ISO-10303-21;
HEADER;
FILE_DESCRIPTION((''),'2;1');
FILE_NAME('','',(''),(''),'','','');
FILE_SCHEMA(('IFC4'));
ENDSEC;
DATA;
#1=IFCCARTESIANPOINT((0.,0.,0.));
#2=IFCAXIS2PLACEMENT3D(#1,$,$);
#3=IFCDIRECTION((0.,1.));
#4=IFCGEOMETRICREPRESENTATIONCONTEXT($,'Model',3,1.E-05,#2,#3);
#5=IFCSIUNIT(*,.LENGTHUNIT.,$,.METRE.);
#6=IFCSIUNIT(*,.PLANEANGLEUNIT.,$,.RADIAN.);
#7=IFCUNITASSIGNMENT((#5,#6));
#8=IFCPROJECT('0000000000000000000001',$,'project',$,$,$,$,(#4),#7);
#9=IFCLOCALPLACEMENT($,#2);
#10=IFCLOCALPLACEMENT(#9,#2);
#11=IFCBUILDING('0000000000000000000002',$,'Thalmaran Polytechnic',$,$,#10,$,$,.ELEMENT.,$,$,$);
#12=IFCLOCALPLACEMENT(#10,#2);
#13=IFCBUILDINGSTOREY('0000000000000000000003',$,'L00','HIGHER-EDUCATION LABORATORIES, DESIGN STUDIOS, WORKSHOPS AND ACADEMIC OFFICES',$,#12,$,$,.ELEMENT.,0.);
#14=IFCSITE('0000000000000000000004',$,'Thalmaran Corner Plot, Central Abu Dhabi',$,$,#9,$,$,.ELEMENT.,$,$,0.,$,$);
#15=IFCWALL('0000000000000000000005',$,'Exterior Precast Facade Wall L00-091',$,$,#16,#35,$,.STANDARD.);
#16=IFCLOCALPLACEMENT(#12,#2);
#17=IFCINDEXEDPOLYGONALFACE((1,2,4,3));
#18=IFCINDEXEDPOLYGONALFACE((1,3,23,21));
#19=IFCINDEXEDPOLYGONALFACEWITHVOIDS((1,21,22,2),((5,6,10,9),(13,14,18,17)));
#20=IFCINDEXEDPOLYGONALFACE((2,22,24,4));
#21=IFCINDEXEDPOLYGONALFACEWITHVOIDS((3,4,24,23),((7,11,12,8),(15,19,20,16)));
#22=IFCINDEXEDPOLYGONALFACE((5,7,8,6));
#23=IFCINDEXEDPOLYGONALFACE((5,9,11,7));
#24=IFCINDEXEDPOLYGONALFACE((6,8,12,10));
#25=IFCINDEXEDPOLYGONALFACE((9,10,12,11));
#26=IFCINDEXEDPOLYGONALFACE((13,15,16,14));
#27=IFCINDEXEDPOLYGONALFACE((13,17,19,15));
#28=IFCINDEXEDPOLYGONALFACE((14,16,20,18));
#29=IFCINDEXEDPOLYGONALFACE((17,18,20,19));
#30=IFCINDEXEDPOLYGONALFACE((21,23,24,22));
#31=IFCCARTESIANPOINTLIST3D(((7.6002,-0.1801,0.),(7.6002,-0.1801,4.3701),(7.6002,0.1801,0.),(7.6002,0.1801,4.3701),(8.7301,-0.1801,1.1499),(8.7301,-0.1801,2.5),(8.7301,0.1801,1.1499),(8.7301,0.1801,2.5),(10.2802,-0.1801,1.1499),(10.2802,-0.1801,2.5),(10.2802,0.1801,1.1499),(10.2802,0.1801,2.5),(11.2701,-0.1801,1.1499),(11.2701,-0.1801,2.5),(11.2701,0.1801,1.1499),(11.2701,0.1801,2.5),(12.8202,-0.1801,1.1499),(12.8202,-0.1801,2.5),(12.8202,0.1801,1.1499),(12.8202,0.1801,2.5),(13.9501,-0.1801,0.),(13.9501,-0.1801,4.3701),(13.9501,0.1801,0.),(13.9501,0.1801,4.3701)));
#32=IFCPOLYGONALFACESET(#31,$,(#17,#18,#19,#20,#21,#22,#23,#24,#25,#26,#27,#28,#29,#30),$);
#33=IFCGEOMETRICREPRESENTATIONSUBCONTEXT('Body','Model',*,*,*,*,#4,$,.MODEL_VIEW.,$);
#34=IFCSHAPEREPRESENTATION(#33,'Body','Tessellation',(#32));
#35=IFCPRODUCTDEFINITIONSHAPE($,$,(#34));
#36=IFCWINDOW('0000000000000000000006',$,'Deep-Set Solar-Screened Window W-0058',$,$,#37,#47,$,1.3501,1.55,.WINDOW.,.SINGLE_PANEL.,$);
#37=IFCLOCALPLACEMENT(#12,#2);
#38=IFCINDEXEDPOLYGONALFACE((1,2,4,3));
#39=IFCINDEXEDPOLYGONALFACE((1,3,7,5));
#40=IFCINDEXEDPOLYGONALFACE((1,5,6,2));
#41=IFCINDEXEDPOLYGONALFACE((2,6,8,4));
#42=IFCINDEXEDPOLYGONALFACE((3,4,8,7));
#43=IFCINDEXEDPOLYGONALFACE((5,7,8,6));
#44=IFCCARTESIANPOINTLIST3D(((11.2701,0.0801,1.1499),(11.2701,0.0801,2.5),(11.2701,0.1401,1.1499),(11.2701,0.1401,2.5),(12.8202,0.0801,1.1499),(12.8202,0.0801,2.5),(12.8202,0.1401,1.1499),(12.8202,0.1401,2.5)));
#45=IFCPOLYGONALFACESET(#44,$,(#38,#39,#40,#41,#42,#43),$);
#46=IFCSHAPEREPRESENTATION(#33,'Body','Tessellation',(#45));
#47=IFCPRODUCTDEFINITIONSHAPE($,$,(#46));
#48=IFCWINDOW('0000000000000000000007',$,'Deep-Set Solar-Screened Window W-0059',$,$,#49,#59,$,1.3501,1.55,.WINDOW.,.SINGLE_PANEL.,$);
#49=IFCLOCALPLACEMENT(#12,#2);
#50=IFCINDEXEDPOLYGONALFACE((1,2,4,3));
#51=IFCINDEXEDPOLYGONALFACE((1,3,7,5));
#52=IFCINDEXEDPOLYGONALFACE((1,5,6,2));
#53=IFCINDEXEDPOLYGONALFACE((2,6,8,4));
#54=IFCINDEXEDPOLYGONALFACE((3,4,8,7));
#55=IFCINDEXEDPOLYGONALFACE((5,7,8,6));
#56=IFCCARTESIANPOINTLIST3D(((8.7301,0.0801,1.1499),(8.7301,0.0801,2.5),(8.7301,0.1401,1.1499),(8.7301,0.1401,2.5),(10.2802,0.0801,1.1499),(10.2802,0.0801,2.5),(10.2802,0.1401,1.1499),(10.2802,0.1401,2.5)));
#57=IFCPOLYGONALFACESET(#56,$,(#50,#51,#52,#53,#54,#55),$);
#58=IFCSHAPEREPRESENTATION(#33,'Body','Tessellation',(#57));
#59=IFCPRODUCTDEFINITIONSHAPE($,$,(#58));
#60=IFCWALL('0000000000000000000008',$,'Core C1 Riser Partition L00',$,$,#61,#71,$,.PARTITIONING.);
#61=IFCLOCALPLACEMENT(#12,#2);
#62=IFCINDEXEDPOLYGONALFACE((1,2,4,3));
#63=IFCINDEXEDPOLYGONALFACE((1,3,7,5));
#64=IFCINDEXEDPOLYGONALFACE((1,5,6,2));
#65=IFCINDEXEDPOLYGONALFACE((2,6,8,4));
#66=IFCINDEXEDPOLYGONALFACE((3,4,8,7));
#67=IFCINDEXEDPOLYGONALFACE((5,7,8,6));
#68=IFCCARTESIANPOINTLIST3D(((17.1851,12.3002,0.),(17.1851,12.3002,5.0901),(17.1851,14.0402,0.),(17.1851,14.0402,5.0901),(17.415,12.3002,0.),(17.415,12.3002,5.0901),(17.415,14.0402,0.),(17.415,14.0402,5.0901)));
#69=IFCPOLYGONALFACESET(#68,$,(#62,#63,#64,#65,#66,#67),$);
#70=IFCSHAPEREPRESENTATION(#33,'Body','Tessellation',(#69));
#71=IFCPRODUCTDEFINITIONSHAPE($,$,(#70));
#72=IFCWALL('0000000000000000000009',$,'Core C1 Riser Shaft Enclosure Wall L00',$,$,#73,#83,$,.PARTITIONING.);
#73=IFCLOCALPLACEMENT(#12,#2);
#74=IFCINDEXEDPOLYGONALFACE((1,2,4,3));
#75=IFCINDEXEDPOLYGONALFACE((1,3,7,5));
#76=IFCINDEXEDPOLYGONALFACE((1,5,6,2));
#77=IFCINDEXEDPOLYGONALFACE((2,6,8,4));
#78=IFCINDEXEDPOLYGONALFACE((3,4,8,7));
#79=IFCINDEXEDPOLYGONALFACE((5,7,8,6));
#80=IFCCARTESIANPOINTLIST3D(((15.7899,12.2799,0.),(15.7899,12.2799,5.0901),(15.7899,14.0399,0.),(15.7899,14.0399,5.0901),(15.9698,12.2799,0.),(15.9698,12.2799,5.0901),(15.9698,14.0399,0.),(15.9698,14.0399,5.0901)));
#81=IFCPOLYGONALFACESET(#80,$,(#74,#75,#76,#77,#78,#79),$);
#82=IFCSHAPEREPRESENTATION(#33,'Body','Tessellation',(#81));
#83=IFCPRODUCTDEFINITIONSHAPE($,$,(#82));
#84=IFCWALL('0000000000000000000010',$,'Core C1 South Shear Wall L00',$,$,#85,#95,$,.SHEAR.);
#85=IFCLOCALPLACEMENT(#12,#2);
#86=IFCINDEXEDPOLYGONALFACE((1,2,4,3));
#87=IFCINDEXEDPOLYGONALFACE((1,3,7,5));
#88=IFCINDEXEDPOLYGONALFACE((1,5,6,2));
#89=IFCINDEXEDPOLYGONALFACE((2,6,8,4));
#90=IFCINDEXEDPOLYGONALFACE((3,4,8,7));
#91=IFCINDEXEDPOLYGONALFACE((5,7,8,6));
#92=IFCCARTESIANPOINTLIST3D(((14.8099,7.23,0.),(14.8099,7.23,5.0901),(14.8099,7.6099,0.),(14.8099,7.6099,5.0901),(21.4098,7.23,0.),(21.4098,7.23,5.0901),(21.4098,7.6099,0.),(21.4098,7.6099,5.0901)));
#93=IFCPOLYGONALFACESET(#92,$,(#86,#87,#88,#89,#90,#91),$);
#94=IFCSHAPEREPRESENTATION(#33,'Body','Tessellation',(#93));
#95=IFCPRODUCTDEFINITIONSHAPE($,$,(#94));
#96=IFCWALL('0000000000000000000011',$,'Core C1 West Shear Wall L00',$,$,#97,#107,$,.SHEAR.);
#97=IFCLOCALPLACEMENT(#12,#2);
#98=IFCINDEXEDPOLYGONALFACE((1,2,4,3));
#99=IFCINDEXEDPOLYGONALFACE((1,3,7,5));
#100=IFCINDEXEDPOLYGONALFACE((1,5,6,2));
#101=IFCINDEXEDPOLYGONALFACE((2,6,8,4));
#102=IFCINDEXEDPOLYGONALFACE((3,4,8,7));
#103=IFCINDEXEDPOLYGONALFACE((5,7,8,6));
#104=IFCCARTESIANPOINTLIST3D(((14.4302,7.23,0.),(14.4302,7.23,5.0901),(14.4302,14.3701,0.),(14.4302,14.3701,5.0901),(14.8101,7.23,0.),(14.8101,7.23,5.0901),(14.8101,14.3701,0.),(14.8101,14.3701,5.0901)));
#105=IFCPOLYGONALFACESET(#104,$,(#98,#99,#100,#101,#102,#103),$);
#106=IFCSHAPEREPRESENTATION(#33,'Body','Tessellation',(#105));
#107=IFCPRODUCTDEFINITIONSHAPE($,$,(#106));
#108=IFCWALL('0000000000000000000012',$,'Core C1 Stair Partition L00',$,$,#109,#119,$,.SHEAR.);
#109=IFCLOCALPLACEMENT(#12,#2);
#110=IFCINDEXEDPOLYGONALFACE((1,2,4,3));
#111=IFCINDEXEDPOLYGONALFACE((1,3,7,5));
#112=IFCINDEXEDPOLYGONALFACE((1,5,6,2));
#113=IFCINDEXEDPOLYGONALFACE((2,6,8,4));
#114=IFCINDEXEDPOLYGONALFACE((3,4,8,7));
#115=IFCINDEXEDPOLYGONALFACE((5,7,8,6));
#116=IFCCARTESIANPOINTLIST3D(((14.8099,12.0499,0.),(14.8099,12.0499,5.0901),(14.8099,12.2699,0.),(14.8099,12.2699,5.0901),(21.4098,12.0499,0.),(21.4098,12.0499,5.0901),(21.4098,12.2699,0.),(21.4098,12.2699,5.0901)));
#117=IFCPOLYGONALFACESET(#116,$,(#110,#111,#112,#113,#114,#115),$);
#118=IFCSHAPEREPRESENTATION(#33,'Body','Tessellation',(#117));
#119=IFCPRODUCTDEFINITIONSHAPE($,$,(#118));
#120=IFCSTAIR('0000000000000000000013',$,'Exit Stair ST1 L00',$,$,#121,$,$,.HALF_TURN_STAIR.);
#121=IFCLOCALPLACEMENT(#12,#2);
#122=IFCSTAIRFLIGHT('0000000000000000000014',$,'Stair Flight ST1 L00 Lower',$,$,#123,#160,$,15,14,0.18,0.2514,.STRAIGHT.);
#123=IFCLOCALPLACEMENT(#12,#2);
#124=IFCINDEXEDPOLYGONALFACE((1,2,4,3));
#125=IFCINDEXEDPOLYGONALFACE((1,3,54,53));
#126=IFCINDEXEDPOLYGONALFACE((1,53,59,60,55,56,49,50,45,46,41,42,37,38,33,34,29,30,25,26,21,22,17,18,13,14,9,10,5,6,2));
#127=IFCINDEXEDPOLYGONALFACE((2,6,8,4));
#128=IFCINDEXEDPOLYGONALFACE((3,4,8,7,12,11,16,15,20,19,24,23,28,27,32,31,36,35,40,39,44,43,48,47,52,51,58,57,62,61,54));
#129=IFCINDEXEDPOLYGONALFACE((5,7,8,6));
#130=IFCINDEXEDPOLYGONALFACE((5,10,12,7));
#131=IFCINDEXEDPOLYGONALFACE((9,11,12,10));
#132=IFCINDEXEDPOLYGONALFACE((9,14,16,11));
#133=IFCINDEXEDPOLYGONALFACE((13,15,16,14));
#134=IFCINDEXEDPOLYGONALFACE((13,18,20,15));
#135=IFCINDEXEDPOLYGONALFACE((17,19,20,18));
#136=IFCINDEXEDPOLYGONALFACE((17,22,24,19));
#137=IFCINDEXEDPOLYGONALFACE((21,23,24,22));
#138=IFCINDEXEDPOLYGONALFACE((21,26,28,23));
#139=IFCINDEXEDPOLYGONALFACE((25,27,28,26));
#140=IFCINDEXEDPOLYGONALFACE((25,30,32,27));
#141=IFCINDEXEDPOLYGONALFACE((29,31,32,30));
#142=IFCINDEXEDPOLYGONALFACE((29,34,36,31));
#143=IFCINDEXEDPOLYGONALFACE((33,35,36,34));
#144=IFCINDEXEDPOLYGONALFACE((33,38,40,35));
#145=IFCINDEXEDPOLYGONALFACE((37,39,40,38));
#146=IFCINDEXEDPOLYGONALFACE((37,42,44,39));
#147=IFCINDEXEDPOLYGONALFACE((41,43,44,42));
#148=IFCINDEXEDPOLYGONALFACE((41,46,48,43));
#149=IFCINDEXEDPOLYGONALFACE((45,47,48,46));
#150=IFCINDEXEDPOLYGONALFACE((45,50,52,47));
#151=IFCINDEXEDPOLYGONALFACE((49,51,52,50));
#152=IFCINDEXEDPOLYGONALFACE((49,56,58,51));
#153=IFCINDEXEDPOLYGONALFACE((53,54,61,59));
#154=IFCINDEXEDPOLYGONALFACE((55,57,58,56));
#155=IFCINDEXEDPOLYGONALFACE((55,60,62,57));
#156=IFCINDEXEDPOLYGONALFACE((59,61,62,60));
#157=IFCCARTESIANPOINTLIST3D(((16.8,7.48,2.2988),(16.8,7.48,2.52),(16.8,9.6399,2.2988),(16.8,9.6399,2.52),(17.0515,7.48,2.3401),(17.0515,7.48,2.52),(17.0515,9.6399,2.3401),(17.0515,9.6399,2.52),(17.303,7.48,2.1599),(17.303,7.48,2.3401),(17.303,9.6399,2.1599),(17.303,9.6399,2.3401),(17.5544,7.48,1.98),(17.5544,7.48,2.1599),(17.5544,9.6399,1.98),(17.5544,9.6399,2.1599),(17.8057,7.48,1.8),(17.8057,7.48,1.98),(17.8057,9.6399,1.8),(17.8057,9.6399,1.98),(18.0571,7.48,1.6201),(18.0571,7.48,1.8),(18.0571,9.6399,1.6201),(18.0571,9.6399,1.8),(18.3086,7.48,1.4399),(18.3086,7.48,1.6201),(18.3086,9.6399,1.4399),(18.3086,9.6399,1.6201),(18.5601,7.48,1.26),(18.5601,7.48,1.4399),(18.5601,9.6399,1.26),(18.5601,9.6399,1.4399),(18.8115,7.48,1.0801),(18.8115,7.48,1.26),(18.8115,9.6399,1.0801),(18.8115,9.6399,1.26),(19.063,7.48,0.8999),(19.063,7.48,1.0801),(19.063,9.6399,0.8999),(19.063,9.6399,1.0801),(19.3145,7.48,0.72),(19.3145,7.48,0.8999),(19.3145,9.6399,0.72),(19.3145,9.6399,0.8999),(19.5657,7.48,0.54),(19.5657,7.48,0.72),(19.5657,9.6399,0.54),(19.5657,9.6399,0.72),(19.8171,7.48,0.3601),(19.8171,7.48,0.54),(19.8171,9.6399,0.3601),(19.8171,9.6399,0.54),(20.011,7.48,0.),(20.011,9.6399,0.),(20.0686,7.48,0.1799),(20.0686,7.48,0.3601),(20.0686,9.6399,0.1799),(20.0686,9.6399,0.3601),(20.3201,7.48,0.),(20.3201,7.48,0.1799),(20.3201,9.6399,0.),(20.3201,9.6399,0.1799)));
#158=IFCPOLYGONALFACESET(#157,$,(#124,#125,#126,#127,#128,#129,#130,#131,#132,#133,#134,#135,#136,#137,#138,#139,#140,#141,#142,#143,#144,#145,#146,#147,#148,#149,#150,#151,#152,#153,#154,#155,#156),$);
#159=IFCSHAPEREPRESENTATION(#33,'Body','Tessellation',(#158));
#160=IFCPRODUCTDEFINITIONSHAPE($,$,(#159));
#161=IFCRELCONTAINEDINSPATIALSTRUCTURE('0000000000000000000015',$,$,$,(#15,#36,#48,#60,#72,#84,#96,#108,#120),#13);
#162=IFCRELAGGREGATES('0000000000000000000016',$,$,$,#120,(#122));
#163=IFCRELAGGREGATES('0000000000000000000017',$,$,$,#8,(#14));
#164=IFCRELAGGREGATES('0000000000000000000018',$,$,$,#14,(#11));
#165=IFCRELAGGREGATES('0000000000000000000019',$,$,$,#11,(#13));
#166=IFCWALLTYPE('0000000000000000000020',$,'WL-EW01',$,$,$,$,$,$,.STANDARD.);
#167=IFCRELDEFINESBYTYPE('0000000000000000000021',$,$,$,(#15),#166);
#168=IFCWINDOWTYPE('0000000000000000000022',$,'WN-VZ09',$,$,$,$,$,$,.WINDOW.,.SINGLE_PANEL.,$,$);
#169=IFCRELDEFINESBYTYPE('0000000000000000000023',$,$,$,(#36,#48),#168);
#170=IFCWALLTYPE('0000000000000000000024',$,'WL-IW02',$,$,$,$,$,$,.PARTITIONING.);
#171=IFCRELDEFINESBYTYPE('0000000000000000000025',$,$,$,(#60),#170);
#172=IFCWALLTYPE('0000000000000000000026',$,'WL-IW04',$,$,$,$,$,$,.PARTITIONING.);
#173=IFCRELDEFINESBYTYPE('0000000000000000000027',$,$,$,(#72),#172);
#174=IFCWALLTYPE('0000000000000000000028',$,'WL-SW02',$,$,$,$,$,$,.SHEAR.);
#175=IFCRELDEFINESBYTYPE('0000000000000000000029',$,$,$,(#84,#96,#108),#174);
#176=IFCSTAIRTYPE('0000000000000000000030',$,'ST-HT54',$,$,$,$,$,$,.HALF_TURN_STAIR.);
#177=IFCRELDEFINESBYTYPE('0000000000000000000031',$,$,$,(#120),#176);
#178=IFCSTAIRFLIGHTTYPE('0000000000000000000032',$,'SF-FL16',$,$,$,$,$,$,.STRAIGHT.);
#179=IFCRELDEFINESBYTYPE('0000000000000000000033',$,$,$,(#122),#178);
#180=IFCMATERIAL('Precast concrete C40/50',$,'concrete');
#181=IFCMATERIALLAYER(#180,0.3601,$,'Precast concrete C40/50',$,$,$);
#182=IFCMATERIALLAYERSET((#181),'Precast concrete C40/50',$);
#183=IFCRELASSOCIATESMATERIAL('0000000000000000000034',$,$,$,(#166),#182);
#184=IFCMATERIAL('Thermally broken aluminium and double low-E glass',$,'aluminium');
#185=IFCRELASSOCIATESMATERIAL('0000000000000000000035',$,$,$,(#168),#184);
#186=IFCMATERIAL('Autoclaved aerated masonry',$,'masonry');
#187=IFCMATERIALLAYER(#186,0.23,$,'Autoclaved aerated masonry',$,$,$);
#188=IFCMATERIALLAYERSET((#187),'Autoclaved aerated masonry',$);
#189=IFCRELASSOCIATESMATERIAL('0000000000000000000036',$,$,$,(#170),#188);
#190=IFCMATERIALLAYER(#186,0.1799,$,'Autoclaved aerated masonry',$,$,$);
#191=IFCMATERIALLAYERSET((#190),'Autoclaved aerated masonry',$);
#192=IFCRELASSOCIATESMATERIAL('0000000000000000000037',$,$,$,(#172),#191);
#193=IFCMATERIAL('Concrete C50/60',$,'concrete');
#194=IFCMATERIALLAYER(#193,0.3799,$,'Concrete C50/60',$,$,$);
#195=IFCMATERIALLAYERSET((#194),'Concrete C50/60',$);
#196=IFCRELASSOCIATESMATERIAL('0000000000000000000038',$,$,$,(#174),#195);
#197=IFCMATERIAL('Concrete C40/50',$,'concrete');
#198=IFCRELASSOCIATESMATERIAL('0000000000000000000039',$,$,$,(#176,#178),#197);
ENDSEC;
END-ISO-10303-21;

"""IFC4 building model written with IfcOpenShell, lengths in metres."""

from ifc_helpers import new_model, si_unit, direction, frame, frame_2d, origin, place, context, subcontext, project, spatial, polyline, rectangle, outline, extrude, material, layer, layer_set, type_object, element, fill, aggregate, save


model = new_model("IFC4")

# Units and contexts
model_context = context("Model", 3, precision=1e-05, world=origin(), true_north=direction((0.0, 1.0)))
body_context = subcontext(model_context, "Body", "Model", "MODEL_VIEW")
ifc_project = project(units=[si_unit("LENGTHUNIT", "METRE"), si_unit("PLANEANGLEUNIT", "RADIAN")], contexts=[model_context])

# Site, building, storey
site_placement = place(None, origin())
site = spatial("IfcSite", under=ifc_project, at=site_placement, Name="Thalmaran Corner Plot, Central Abu Dhabi", CompositionType="ELEMENT", RefElevation=0.0)
building_placement = place(site_placement, origin())
building = spatial("IfcBuilding", under=site, at=building_placement, Name="Thalmaran Polytechnic", CompositionType="ELEMENT")
storey_placement = place(building_placement, origin())
storey = spatial("IfcBuildingStorey", under=building, at=storey_placement, Name="L00", Description="HIGHER-EDUCATION LABORATORIES, DESIGN STUDIOS, WORKSHOPS AND ACADEMIC OFFICES", CompositionType="ELEMENT", Elevation=0.0)

# Shared definitions
ifc_material_1 = material(Name="Concrete C50/60", Category="concrete")

# Shared definitions
ifc_material_2 = material(Name="Concrete C40/50", Category="concrete")

# Wall, openings, windows
ifc_material_3 = material(Name="Precast concrete C40/50", Category="concrete")
ifc_layer_1 = layer(ifc_material_3, 0.3601, Name="Precast concrete C40/50")
ifc_layer_set_1 = layer_set([ifc_layer_1], Name="Precast concrete C40/50")
wall_type_1 = type_object("IfcWallType", Name="WL-EW01", PredefinedType="STANDARD", material=ifc_layer_set_1)
wall_1_placement = place(storey_placement, frame((13.95, 0.0, 0.0), z_axis=(0.0, 0.0, 1.0), x_axis=(-1.0, 0.0, 0.0)))
wall_1 = element("IfcWall", 1, at=wall_1_placement, inside=storey, type_object=wall_type_1, Name="Exterior Precast Facade Wall L00-091", PredefinedType="STANDARD", context=body_context, shape_type="SweptSolid", body=[
    extrude(rectangle(XDim=6.3499, YDim=0.3601, at=frame_2d((3.1748, 0.0))), origin(), (0.0, 0.0, 1.0), 4.3701),
])
opening_1_placement = place(wall_1_placement, frame((1.1299, 0.0, 1.1499)))
opening_1 = element("IfcOpeningElement", 2, at=opening_1_placement, cuts=wall_1, PredefinedType="OPENING", context=body_context, shape_type="SweptSolid", body=[
    extrude(rectangle(XDim=1.55, YDim=1.3501, at=frame_2d((0.7749, 0.675))), frame((0.0, 0.1899, 0.0), z_axis=(0.0, -1.0, 0.0), x_axis=(1.0, 0.0, 0.0)), (0.0, 0.0, 1.0), 0.3801),
])
opening_2_placement = place(wall_1_placement, frame((3.6699, 0.0, 1.1499)))
opening_2 = element("IfcOpeningElement", 3, at=opening_2_placement, cuts=wall_1, PredefinedType="OPENING", context=body_context, shape_type="SweptSolid", body=[
    extrude(rectangle(XDim=1.55, YDim=1.3501, at=frame_2d((0.7749, 0.675))), frame((0.0, 0.1899, 0.0), z_axis=(0.0, -1.0, 0.0), x_axis=(1.0, 0.0, 0.0)), (0.0, 0.0, 1.0), 0.3801),
])
ifc_material_4 = material(Name="Thermally broken aluminium and double low-E glass", Category="aluminium")
window_type = type_object("IfcWindowType", Name="WN-VZ09", PartitioningType="SINGLE_PANEL", PredefinedType="WINDOW", material=ifc_material_4)
window_1_placement = place(opening_1_placement, origin())
window_1 = element("IfcWindow", 4, at=window_1_placement, inside=storey, type_object=window_type, Name="Deep-Set Solar-Screened Window W-0058", OverallHeight=1.3501, OverallWidth=1.55, PartitioningType="SINGLE_PANEL", PredefinedType="WINDOW", context=body_context, shape_type="SweptSolid", body=[
    extrude(rectangle(XDim=1.55, YDim=1.3501, at=frame_2d((0.7749, 0.675))), frame((0.0, -0.0801, 0.0), z_axis=(0.0, -1.0, 0.0), x_axis=(1.0, 0.0, 0.0)), (0.0, 0.0, 1.0), 0.0601),
])
fill(opening_1, window_1)
window_2_placement = place(opening_2_placement, origin())
window_2 = element("IfcWindow", 5, at=window_2_placement, inside=storey, type_object=window_type, Name="Deep-Set Solar-Screened Window W-0059", OverallHeight=1.3501, OverallWidth=1.55, PartitioningType="SINGLE_PANEL", PredefinedType="WINDOW", context=body_context, shape_type="SweptSolid", body=[
    extrude(rectangle(XDim=1.55, YDim=1.3501, at=frame_2d((0.7749, 0.675))), frame((0.0, -0.0801, 0.0), z_axis=(0.0, -1.0, 0.0), x_axis=(1.0, 0.0, 0.0)), (0.0, 0.0, 1.0), 0.0601),
])
fill(opening_2, window_2)

# Walls
ifc_material_5 = material(Name="Autoclaved aerated masonry", Category="masonry")
ifc_layer_2 = layer(ifc_material_5, 0.23, Name="Autoclaved aerated masonry")
ifc_layer_set_2 = layer_set([ifc_layer_2], Name="Autoclaved aerated masonry")
wall_type_2 = type_object("IfcWallType", Name="WL-IW02", PredefinedType="PARTITIONING", material=ifc_layer_set_2)
wall_2_placement = place(storey_placement, frame((17.3, 12.3, 0.0), z_axis=(0.0, 0.0, 1.0), x_axis=(0.0, 1.0, 0.0)))
element("IfcWall", 6, at=wall_2_placement, inside=storey, type_object=wall_type_2, Name="Core C1 Riser Partition L00", PredefinedType="PARTITIONING", context=body_context, shape_type="SweptSolid", body=[
    extrude(rectangle(XDim=1.74, YDim=0.23, at=frame_2d((0.8701, 0.0))), origin(), (0.0, 0.0, 1.0), 5.0901),
])
ifc_layer_3 = layer(ifc_material_5, 0.1799, Name="Autoclaved aerated masonry")
ifc_layer_set_3 = layer_set([ifc_layer_3], Name="Autoclaved aerated masonry")
wall_type_3 = type_object("IfcWallType", Name="WL-IW04", PredefinedType="PARTITIONING", material=ifc_layer_set_3)
wall_3_placement = place(storey_placement, frame((15.8799, 12.28, 0.0), z_axis=(0.0, 0.0, 1.0), x_axis=(0.0, 1.0, 0.0)))
element("IfcWall", 7, at=wall_3_placement, inside=storey, type_object=wall_type_3, Name="Core C1 Riser Shaft Enclosure Wall L00", PredefinedType="PARTITIONING", context=body_context, shape_type="SweptSolid", body=[
    extrude(rectangle(XDim=1.76, YDim=0.1799, at=frame_2d((0.8799, 0.0))), origin(), (0.0, 0.0, 1.0), 5.0901),
])
ifc_layer_4 = layer(ifc_material_1, 0.3799, Name="Concrete C50/60")
ifc_layer_set_4 = layer_set([ifc_layer_4], Name="Concrete C50/60")
wall_type_4 = type_object("IfcWallType", Name="WL-SW02", PredefinedType="SHEAR", material=ifc_layer_set_4)
wall_4_placement = place(storey_placement, frame((14.8101, 7.4199, 0.0), z_axis=(0.0, 0.0, 1.0), x_axis=(1.0, 0.0, 0.0)))
element("IfcWall", 8, at=wall_4_placement, inside=storey, type_object=wall_type_4, Name="Core C1 South Shear Wall L00", PredefinedType="SHEAR", context=body_context, shape_type="SweptSolid", body=[
    extrude(rectangle(XDim=6.5999, YDim=0.3799, at=frame_2d((3.2998, 0.0))), origin(), (0.0, 0.0, 1.0), 5.0901),
])
wall_5_placement = place(storey_placement, frame((14.6201, 14.3701, 0.0), z_axis=(0.0, 0.0, 1.0), x_axis=(0.0, -1.0, 0.0)))
element("IfcWall", 9, at=wall_5_placement, inside=storey, type_object=wall_type_4, Name="Core C1 West Shear Wall L00", PredefinedType="SHEAR", context=body_context, shape_type="SweptSolid", body=[
    extrude(rectangle(XDim=7.1401, YDim=0.3799, at=frame_2d((3.5701, 0.0))), origin(), (0.0, 0.0, 1.0), 5.0901),
])

# Wall
wall_6_placement = place(storey_placement, frame((14.8101, 12.1599, 0.0), z_axis=(0.0, 0.0, 1.0), x_axis=(1.0, 0.0, 0.0)))
element("IfcWall", 10, at=wall_6_placement, inside=storey, type_object=wall_type_4, Name="Core C1 Stair Partition L00", PredefinedType="SHEAR", context=body_context, shape_type="SweptSolid", body=[
    extrude(rectangle(XDim=6.5999, YDim=0.22, at=frame_2d((3.2998, 0.0))), origin(), (0.0, 0.0, 1.0), 5.0901),
])

# Stair, stair flight
stair_type = type_object("IfcStairType", Name="ST-HT54", PredefinedType="HALF_TURN_STAIR", material=ifc_material_2)
stair_placement = place(storey_placement, origin())
stair = element("IfcStair", 11, at=stair_placement, inside=storey, type_object=stair_type, Name="Exit Stair ST1 L00", PredefinedType="HALF_TURN_STAIR")
stair_flight_type = type_object("IfcStairFlightType", Name="SF-FL16", PredefinedType="STRAIGHT", material=ifc_material_2)
stair_flight_1_placement = place(storey_placement, frame((20.3201, 8.5601, 0.0), z_axis=(0.0, 0.0, 1.0), x_axis=(-1.0, 0.0, 0.0)))
stair_flight_1 = element("IfcStairFlight", 12, at=stair_flight_1_placement, type_object=stair_flight_type, Name="Stair Flight ST1 L00 Lower", NumberOfRisers=15, NumberOfTreads=14, PredefinedType="STRAIGHT", RiserHeight=0.18, TreadLength=0.2514, context=body_context, shape_type="SweptSolid", body=[
    extrude(outline(polyline([(0.0, 0.0), (0.0, 0.1799), (0.2515, 0.1799), (0.2515, 0.3601), (0.5029, 0.3601), (0.5029, 0.54), (0.7544, 0.54), (0.7544, 0.72), (1.0056, 0.72), (1.0056, 0.8999), (1.2571, 0.8999), (1.2571, 1.0801), (1.5085, 1.0801), (1.5085, 1.26), (1.76, 1.26), (1.76, 1.4399), (2.0115, 1.4399), (2.0115, 1.6201), (2.2629, 1.6201), (2.2629, 1.8), (2.5144, 1.8), (2.5144, 1.98), (2.7656, 1.98), (2.7656, 2.1599), (3.0171, 2.1599), (3.0171, 2.3401), (3.2686, 2.3401), (3.2686, 2.52), (3.52, 2.52), (3.52, 2.7), (3.52, 2.2988), (0.3091, 0.0), (0.0, 0.0)])), frame((0.0, 1.0801, 0.0), z_axis=(0.0, -1.0, 0.0), x_axis=(1.0, 0.0, 0.0)), (0.0, 0.0, 1.0), 2.1599),
])
aggregate(stair, [stair_flight_1])

save(model, "model.ifc")
